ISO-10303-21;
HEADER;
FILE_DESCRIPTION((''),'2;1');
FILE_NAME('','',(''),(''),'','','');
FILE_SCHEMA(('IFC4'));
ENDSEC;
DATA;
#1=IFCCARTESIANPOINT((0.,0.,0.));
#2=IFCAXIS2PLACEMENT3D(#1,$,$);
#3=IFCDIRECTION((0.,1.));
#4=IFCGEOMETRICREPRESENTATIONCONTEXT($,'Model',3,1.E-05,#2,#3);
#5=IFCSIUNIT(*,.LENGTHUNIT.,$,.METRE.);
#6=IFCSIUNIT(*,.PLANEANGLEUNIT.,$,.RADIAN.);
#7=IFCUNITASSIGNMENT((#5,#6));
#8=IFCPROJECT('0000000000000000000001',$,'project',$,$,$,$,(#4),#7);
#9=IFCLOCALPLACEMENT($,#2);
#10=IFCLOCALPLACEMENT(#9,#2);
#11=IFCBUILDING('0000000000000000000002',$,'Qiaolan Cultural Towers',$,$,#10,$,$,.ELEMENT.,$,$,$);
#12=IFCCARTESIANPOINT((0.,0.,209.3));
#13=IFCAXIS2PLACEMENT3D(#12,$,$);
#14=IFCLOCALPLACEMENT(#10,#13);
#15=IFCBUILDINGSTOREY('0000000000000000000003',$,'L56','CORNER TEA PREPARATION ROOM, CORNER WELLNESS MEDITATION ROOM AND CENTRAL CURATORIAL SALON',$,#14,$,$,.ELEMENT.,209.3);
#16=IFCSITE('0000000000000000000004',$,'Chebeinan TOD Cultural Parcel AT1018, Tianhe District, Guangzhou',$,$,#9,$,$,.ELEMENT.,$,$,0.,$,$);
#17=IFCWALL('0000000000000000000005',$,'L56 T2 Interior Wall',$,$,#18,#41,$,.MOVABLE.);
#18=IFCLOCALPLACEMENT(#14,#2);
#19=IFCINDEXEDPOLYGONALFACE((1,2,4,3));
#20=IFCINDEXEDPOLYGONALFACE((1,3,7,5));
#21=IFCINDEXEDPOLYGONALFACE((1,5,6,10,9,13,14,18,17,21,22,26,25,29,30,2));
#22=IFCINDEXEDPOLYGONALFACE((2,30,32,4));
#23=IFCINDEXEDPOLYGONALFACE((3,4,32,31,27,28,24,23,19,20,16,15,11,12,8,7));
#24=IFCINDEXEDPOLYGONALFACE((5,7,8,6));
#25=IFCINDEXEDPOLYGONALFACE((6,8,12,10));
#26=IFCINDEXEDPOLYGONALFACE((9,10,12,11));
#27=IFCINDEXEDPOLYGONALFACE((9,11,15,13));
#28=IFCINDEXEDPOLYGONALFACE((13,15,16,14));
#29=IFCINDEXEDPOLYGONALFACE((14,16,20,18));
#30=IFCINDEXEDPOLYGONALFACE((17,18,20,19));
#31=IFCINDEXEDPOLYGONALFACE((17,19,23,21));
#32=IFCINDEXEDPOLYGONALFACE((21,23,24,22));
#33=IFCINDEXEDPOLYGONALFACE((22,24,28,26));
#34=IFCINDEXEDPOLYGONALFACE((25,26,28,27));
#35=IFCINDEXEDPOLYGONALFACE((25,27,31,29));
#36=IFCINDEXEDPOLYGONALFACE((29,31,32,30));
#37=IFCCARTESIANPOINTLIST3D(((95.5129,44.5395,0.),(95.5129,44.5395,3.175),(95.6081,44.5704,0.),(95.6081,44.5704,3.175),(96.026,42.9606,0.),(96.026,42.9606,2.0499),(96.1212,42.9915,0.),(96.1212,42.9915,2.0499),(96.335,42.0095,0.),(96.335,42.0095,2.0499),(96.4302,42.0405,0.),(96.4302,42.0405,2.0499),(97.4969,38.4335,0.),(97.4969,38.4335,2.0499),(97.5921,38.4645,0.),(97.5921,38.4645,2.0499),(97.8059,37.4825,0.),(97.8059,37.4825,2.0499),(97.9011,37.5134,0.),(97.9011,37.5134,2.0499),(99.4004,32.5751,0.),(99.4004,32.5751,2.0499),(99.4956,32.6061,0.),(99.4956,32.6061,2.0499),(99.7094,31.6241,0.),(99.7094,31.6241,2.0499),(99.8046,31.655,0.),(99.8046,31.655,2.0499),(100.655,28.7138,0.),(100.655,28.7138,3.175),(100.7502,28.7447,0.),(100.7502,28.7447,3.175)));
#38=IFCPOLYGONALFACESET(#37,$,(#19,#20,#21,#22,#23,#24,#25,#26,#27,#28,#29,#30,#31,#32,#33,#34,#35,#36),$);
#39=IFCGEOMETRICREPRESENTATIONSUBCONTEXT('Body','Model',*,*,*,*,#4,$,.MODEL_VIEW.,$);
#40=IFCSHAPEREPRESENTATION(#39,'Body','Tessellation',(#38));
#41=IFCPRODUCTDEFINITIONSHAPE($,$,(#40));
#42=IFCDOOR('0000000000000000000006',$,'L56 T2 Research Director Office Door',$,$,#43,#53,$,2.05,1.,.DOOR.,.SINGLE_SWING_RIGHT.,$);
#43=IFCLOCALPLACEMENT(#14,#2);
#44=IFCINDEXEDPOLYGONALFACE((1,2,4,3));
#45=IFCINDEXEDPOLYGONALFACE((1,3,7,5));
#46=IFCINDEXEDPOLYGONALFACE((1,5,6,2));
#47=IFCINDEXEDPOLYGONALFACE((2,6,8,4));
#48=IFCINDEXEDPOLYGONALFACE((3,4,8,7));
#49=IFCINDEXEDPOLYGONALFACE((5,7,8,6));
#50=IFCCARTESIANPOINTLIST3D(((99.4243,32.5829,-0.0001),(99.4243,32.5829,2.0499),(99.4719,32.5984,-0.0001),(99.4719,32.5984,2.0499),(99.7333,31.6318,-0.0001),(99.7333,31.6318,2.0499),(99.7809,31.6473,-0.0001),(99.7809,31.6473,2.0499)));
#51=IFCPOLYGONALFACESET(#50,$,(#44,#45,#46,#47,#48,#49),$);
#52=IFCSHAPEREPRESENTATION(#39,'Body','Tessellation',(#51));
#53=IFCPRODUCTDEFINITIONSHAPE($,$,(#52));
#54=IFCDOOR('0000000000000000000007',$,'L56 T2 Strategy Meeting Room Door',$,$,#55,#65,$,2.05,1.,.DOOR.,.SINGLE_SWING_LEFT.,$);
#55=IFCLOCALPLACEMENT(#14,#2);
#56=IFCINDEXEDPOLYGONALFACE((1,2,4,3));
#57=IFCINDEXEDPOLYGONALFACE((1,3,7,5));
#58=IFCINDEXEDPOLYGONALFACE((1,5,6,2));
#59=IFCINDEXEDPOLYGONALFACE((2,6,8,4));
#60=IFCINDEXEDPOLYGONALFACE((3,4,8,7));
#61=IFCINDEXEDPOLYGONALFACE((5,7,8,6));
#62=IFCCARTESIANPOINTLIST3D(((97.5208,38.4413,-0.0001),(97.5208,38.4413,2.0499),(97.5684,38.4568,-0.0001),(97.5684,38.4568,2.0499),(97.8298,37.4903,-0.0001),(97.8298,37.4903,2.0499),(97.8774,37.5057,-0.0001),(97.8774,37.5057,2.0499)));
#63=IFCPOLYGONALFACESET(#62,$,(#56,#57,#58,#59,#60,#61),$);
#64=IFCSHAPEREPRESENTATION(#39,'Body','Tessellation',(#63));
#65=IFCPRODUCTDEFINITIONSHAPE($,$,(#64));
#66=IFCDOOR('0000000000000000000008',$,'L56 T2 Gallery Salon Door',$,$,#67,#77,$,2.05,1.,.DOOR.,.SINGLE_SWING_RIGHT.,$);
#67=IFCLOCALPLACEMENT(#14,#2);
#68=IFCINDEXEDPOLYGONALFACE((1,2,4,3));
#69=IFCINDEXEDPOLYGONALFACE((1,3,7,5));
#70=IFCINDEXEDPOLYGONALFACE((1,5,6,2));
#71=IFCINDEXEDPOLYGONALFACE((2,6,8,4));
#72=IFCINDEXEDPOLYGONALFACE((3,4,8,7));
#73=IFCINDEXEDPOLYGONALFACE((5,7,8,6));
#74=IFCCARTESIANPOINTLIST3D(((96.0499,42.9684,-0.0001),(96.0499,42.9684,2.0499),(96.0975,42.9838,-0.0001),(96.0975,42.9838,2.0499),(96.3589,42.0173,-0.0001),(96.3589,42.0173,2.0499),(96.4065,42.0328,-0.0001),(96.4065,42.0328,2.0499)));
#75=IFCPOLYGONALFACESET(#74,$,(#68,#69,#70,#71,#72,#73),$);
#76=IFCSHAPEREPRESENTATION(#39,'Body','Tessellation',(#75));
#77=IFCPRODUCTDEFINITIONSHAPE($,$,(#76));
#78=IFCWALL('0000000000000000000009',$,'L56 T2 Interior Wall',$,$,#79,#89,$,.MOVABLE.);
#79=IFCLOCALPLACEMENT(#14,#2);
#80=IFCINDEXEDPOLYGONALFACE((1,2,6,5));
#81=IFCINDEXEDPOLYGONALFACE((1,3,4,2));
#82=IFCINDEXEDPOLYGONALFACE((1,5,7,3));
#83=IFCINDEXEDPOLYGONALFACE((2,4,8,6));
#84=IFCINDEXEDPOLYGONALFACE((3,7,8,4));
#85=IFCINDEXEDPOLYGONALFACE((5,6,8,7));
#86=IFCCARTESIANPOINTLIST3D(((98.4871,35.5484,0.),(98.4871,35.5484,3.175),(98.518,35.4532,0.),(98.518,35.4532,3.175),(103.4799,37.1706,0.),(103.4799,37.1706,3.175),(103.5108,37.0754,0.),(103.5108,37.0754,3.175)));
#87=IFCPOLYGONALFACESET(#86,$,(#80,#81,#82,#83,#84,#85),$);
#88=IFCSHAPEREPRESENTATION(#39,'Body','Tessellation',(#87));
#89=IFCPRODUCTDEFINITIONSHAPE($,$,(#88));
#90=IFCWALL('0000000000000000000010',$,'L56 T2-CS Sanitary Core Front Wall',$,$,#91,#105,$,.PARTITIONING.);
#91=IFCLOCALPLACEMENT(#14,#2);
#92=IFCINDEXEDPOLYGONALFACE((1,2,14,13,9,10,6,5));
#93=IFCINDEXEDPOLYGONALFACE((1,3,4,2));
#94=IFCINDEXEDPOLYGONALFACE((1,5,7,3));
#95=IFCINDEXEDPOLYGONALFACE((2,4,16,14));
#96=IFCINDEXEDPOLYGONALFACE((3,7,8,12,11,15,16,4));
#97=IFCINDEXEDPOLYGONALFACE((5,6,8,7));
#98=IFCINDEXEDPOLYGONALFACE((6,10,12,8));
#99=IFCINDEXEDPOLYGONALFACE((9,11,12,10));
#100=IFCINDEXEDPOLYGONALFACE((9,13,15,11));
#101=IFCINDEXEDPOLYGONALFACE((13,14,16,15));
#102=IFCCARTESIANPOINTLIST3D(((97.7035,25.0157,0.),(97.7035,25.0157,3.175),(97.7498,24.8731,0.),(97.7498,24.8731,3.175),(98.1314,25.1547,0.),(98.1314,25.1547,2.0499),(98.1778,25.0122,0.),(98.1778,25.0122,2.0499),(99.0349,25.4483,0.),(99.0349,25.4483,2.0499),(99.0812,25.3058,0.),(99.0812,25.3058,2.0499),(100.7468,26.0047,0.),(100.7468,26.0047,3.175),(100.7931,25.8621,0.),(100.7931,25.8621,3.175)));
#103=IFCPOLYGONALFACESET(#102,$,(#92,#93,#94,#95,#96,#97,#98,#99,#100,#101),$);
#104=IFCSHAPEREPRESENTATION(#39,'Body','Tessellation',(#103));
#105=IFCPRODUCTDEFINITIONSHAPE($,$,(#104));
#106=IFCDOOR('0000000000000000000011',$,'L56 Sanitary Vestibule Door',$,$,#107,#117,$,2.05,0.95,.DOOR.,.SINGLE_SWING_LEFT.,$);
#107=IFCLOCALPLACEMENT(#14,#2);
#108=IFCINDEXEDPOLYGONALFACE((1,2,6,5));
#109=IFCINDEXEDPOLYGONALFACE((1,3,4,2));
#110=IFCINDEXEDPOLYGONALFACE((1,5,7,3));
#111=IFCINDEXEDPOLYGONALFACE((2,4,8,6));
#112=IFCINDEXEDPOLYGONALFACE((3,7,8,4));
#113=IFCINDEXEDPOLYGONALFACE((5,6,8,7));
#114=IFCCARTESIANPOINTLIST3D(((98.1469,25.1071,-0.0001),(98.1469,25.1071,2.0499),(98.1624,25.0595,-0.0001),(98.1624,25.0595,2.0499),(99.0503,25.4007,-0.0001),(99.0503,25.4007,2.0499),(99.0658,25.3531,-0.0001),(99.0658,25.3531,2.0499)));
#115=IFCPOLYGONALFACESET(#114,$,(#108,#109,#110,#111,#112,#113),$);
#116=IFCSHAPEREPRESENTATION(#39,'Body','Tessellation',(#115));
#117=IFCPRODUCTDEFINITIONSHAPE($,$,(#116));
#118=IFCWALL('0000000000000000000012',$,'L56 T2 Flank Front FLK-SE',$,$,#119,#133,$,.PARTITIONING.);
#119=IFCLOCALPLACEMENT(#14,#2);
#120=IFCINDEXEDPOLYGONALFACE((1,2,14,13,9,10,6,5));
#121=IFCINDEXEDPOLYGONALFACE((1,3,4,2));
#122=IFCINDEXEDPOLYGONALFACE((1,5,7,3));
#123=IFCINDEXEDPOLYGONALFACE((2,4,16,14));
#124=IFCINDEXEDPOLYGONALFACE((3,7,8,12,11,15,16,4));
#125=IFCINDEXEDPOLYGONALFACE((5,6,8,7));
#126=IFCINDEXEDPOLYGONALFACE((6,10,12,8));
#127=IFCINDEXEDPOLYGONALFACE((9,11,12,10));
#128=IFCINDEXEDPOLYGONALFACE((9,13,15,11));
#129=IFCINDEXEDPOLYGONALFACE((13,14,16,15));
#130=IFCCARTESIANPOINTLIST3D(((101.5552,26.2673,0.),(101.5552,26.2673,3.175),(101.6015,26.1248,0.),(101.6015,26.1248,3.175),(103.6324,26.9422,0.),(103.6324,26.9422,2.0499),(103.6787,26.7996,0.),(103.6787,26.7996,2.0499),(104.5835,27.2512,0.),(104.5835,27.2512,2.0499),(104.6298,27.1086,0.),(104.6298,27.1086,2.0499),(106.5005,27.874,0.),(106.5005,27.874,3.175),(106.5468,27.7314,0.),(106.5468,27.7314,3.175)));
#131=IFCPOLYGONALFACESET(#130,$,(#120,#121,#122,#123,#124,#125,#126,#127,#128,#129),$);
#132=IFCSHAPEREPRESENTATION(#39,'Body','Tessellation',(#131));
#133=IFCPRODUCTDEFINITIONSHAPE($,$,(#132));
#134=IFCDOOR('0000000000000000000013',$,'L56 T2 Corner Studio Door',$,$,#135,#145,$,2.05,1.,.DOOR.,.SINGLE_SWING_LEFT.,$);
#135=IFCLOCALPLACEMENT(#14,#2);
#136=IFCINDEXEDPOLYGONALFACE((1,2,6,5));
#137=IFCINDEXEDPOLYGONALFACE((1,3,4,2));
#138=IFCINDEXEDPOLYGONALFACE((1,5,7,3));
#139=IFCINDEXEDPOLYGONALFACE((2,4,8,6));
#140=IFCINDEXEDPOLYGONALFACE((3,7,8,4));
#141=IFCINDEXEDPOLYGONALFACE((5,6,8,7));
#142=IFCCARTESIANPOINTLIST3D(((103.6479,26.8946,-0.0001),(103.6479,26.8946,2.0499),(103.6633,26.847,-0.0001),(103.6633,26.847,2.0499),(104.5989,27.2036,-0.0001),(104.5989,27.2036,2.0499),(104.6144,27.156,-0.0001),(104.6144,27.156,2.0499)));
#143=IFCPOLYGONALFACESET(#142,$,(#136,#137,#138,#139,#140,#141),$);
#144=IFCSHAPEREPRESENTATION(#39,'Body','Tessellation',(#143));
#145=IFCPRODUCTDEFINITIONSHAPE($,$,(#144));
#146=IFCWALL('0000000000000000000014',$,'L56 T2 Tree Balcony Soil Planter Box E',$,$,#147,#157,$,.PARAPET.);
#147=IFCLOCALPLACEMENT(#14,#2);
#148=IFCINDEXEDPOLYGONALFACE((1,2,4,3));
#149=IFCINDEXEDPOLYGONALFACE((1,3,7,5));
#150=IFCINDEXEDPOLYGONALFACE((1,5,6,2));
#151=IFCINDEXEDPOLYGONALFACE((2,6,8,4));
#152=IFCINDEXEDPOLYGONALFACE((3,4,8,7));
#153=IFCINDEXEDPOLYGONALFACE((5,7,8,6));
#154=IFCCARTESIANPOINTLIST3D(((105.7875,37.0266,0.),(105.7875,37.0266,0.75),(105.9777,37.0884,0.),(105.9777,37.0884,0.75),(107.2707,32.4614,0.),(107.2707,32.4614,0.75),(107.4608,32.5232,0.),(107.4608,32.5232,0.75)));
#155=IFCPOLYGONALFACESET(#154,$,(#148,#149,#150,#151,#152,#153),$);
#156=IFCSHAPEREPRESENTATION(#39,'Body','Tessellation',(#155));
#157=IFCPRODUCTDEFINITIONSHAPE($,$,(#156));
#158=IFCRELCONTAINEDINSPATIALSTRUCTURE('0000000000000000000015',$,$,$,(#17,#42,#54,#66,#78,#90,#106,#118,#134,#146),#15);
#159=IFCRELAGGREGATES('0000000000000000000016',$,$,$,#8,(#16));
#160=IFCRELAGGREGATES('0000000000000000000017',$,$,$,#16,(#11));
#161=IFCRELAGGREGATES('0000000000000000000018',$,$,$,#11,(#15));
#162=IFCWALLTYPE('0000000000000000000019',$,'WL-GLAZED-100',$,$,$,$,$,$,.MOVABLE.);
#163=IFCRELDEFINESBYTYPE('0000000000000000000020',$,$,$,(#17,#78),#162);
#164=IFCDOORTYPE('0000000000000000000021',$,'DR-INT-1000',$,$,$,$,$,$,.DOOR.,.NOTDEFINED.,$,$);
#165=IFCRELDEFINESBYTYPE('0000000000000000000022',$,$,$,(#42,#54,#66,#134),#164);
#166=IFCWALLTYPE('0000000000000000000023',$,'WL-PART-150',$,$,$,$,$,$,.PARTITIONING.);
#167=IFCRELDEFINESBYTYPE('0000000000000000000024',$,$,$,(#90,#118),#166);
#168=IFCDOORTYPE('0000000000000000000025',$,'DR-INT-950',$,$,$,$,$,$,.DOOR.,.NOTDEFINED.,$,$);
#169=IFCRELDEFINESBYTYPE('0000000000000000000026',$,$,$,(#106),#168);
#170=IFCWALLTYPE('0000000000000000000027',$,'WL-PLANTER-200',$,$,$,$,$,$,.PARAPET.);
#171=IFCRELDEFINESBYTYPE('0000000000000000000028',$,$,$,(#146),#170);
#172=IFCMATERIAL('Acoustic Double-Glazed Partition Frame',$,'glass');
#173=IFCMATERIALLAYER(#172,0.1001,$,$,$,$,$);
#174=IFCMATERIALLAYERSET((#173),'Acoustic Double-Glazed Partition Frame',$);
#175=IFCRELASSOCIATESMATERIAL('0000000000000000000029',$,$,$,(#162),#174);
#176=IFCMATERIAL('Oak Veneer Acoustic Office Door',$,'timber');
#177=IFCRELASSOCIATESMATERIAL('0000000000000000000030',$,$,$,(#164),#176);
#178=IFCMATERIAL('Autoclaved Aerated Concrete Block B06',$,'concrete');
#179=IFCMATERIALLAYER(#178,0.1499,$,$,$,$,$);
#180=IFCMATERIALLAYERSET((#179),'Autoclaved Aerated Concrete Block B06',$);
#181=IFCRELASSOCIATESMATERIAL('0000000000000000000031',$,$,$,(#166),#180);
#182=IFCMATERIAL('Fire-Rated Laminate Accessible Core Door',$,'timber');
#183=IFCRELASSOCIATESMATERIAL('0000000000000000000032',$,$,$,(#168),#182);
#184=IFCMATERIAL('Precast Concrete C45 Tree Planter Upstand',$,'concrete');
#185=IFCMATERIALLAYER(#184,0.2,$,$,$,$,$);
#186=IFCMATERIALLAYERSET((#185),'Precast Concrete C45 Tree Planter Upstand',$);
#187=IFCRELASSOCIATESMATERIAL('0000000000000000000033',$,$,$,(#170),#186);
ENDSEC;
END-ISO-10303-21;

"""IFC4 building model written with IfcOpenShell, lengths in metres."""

from ifc_helpers import new_model, si_unit, direction, frame, frame_2d, origin, place, context, subcontext, project, spatial, rectangle, extrude, material, layer, layer_set, type_object, element, fill, save


model = new_model("IFC4")

# Units and contexts
model_context = context("Model", 3, precision=1e-05, world=origin(), true_north=direction((0.0, 1.0)))
body_context = subcontext(model_context, "Body", "Model", "MODEL_VIEW")
ifc_project = project(units=[si_unit("LENGTHUNIT", "METRE"), si_unit("PLANEANGLEUNIT", "RADIAN")], contexts=[model_context])

# Site, building, storey
site_placement = place(None, origin())
site = spatial("IfcSite", under=ifc_project, at=site_placement, Name="Chebeinan TOD Cultural Parcel AT1018, Tianhe District, Guangzhou", CompositionType="ELEMENT", RefElevation=0.0)
building_placement = place(site_placement, origin())
building = spatial("IfcBuilding", under=site, at=building_placement, Name="Qiaolan Cultural Towers", CompositionType="ELEMENT")
storey_placement = place(building_placement, frame((0.0, 0.0, 209.3)))
storey = spatial("IfcBuildingStorey", under=building, at=storey_placement, Name="L56", Description="CORNER TEA PREPARATION ROOM, CORNER WELLNESS MEDITATION ROOM AND CENTRAL CURATORIAL SALON", CompositionType="ELEMENT", Elevation=209.3)

# Shared definitions
ifc_material_1 = material(Name="Acoustic Double-Glazed Partition Frame", Category="glass")
ifc_layer_1 = layer(ifc_material_1, 0.1001)
ifc_layer_set_1 = layer_set([ifc_layer_1], Name="Acoustic Double-Glazed Partition Frame")
wall_type_1 = type_object("IfcWallType", Name="WL-GLAZED-100", PredefinedType="MOVABLE", material=ifc_layer_set_1)

# Wall, openings, doors
wall_1_placement = place(storey_placement, frame((100.7026, 28.7292, 0.0), z_axis=(0.0, 0.0, 1.0), x_axis=(-0.309018, 0.951056, 0.0)))
wall_1 = element("IfcWall", 1, at=wall_1_placement, inside=storey, type_object=wall_type_1, Name="L56 T2 Interior Wall", PredefinedType="MOVABLE", context=body_context, shape_type="SweptSolid", body=[
    extrude(rectangle(XDim=16.6401, YDim=0.1001, at=frame_2d((8.3201, 0.0))), origin(), (0.0, 0.0, 1.0), 3.175),
])
opening_1_placement = place(wall_1_placement, frame((3.0601, 0.0, 0.0)))
opening_1 = element("IfcOpeningElement", 2, at=opening_1_placement, cuts=wall_1, PredefinedType="OPENING", context=body_context, shape_type="SweptSolid", body=[
    extrude(rectangle(XDim=1.0, YDim=2.05, at=frame_2d((0.5, 1.0249))), frame((0.0, 0.0601, 0.0), z_axis=(0.0, -1.0, 0.0), x_axis=(1.0, 0.0, 0.0)), (0.0, 0.0, 1.0), 0.1201),
])
opening_2_placement = place(wall_1_placement, frame((9.22, 0.0, 0.0)))
opening_2 = element("IfcOpeningElement", 3, at=opening_2_placement, cuts=wall_1, PredefinedType="OPENING", context=body_context, shape_type="SweptSolid", body=[
    extrude(rectangle(XDim=1.0, YDim=2.05, at=frame_2d((0.5, 1.0249))), frame((0.0, 0.0601, 0.0), z_axis=(0.0, -1.0, 0.0), x_axis=(1.0, 0.0, 0.0)), (0.0, 0.0, 1.0), 0.1201),
])
opening_3_placement = place(wall_1_placement, frame((13.98, 0.0, 0.0)))
opening_3 = element("IfcOpeningElement", 4, at=opening_3_placement, cuts=wall_1, PredefinedType="OPENING", context=body_context, shape_type="SweptSolid", body=[
    extrude(rectangle(XDim=1.0, YDim=2.05, at=frame_2d((0.5, 1.0249))), frame((0.0, 0.0601, 0.0), z_axis=(0.0, -1.0, 0.0), x_axis=(1.0, 0.0, 0.0)), (0.0, 0.0, 1.0), 0.1201),
])
ifc_material_2 = material(Name="Oak Veneer Acoustic Office Door", Category="timber")
door_type_1 = type_object("IfcDoorType", Name="DR-INT-1000", OperationType="NOTDEFINED", PredefinedType="DOOR", material=ifc_material_2)
door_1_placement = place(opening_1_placement, origin())
door_1 = element("IfcDoor", 5, at=door_1_placement, inside=storey, type_object=door_type_1, Name="L56 T2 Research Director Office Door", OperationType="SINGLE_SWING_RIGHT", OverallHeight=2.05, OverallWidth=1.0, PredefinedType="DOOR", context=body_context, shape_type="SweptSolid", body=[
    extrude(rectangle(XDim=1.0, YDim=2.05, at=frame_2d((0.5, 1.0249))), frame((0.0, 0.0249, 0.0), z_axis=(0.0, -1.0, 0.0), x_axis=(1.0, 0.0, 0.0)), (0.0, 0.0, 1.0), 0.05),
])
fill(opening_1, door_1)
door_2_placement = place(opening_2_placement, origin())
door_2 = element("IfcDoor", 6, at=door_2_placement, inside=storey, type_object=door_type_1, Name="L56 T2 Strategy Meeting Room Door", OperationType="SINGLE_SWING_LEFT", OverallHeight=2.05, OverallWidth=1.0, PredefinedType="DOOR", context=body_context, shape_type="SweptSolid", body=[
    extrude(rectangle(XDim=1.0, YDim=2.05, at=frame_2d((0.5, 1.0249))), frame((0.0, 0.0249, 0.0), z_axis=(0.0, -1.0, 0.0), x_axis=(1.0, 0.0, 0.0)), (0.0, 0.0, 1.0), 0.05),
])
fill(opening_2, door_2)
door_3_placement = place(opening_3_placement, origin())
door_3 = element("IfcDoor", 7, at=door_3_placement, inside=storey, type_object=door_type_1, Name="L56 T2 Gallery Salon Door", OperationType="SINGLE_SWING_RIGHT", OverallHeight=2.05, OverallWidth=1.0, PredefinedType="DOOR", context=body_context, shape_type="SweptSolid", body=[
    extrude(rectangle(XDim=1.0, YDim=2.05, at=frame_2d((0.5, 1.0249))), frame((0.0, 0.0249, 0.0), z_axis=(0.0, -1.0, 0.0), x_axis=(1.0, 0.0, 0.0)), (0.0, 0.0, 1.0), 0.05),
])
fill(opening_3, door_3)

# Wall
wall_2_placement = place(storey_placement, frame((98.5024, 35.5007, 0.0), z_axis=(0.0, 0.0, 1.0), x_axis=(0.951056, 0.30902, 0.0)))
element("IfcWall", 8, at=wall_2_placement, inside=storey, type_object=wall_type_1, Name="L56 T2 Interior Wall", PredefinedType="MOVABLE", context=body_context, shape_type="SweptSolid", body=[
    extrude(rectangle(XDim=5.2498, YDim=0.1001, at=frame_2d((2.625, 0.0))), origin(), (0.0, 0.0, 1.0), 3.175),
])

# Walls, openings, doors
ifc_material_3 = material(Name="Autoclaved Aerated Concrete Block B06", Category="concrete")
ifc_layer_2 = layer(ifc_material_3, 0.1499)
ifc_layer_set_2 = layer_set([ifc_layer_2], Name="Autoclaved Aerated Concrete Block B06")
wall_type_2 = type_object("IfcWallType", Name="WL-PART-150", PredefinedType="PARTITIONING", material=ifc_layer_set_2)
wall_3_placement = place(storey_placement, frame((97.7266, 24.9443, 0.0), z_axis=(0.0, 0.0, 1.0), x_axis=(0.951037, 0.309077, 0.0)))
wall_3 = element("IfcWall", 9, at=wall_3_placement, inside=storey, type_object=wall_type_2, Name="L56 T2-CS Sanitary Core Front Wall", PredefinedType="PARTITIONING", context=body_context, shape_type="SweptSolid", body=[
    extrude(rectangle(XDim=3.2, YDim=0.1499, at=frame_2d((1.6001, 0.0))), origin(), (0.0, 0.0, 1.0), 3.175),
])
opening_4_placement = place(wall_3_placement, frame((0.45, 0.0, 0.0)))
opening_4 = element("IfcOpeningElement", 10, at=opening_4_placement, cuts=wall_3, PredefinedType="OPENING", context=body_context, shape_type="SweptSolid", body=[
    extrude(rectangle(XDim=0.95, YDim=2.05, at=frame_2d((0.4751, 1.0249))), frame((0.0, 0.085, 0.0), z_axis=(0.0, -1.0, 0.0), x_axis=(1.0, 0.0, 0.0)), (0.0, 0.0, 1.0), 0.1699),
])
ifc_material_4 = material(Name="Fire-Rated Laminate Accessible Core Door", Category="timber")
door_type_2 = type_object("IfcDoorType", Name="DR-INT-950", OperationType="NOTDEFINED", PredefinedType="DOOR", material=ifc_material_4)
door_4_placement = place(opening_4_placement, origin())
door_4 = element("IfcDoor", 11, at=door_4_placement, inside=storey, type_object=door_type_2, Name="L56 Sanitary Vestibule Door", OperationType="SINGLE_SWING_LEFT", OverallHeight=2.05, OverallWidth=0.95, PredefinedType="DOOR", context=body_context, shape_type="SweptSolid", body=[
    extrude(rectangle(XDim=0.95, YDim=2.05, at=frame_2d((0.4751, 1.0249))), frame((0.0, 0.0249, 0.0), z_axis=(0.0, -1.0, 0.0), x_axis=(1.0, 0.0, 0.0)), (0.0, 0.0, 1.0), 0.05),
])
fill(opening_4, door_4)
wall_4_placement = place(storey_placement, frame((101.5784, 26.196, 0.0), z_axis=(0.0, 0.0, 1.0), x_axis=(0.951064, 0.308993, 0.0)))
wall_4 = element("IfcWall", 12, at=wall_4_placement, inside=storey, type_object=wall_type_2, Name="L56 T2 Flank Front FLK-SE", PredefinedType="PARTITIONING", context=body_context, shape_type="SweptSolid", body=[
    extrude(rectangle(XDim=5.1997, YDim=0.1499, at=frame_2d((2.5999, 0.0))), origin(), (0.0, 0.0, 1.0), 3.175),
])
opening_5_placement = place(wall_4_placement, frame((2.1841, 0.0, 0.0)))
opening_5 = element("IfcOpeningElement", 13, at=opening_5_placement, cuts=wall_4, PredefinedType="OPENING", context=body_context, shape_type="SweptSolid", body=[
    extrude(rectangle(XDim=1.0, YDim=2.05, at=frame_2d((0.5, 1.0249))), frame((0.0, 0.085, 0.0), z_axis=(0.0, -1.0, 0.0), x_axis=(1.0, 0.0, 0.0)), (0.0, 0.0, 1.0), 0.1699),
])
door_5_placement = place(opening_5_placement, origin())
door_5 = element("IfcDoor", 14, at=door_5_placement, inside=storey, type_object=door_type_1, Name="L56 T2 Corner Studio Door", OperationType="SINGLE_SWING_LEFT", OverallHeight=2.05, OverallWidth=1.0, PredefinedType="DOOR", context=body_context, shape_type="SweptSolid", body=[
    extrude(rectangle(XDim=1.0, YDim=2.05, at=frame_2d((0.5, 1.0249))), frame((0.0, 0.0249, 0.0), z_axis=(0.0, -1.0, 0.0), x_axis=(1.0, 0.0, 0.0)), (0.0, 0.0, 1.0), 0.05),
])
fill(opening_5, door_5)

# Wall
ifc_material_5 = material(Name="Precast Concrete C45 Tree Planter Upstand", Category="concrete")
ifc_layer_3 = layer(ifc_material_5, 0.2)
ifc_layer_set_3 = layer_set([ifc_layer_3], Name="Precast Concrete C45 Tree Planter Upstand")
wall_type_3 = type_object("IfcWallType", Name="WL-PLANTER-200", PredefinedType="PARAPET", material=ifc_layer_set_3)
wall_5_placement = place(storey_placement, frame((107.3657, 32.4924, 0.0), z_axis=(0.0, 0.0, 1.0), x_axis=(-0.308986, 0.951067, 0.0)))
element("IfcWall", 15, at=wall_5_placement, inside=storey, type_object=wall_type_3, Name="L56 T2 Tree Balcony Soil Planter Box E", PredefinedType="PARAPET", context=body_context, shape_type="SweptSolid", body=[
    extrude(rectangle(XDim=4.8, YDim=0.2, at=frame_2d((2.3999, 0.0))), origin(), (0.0, 0.0, 1.0), 0.75),
])

save(model, "model.ifc")
